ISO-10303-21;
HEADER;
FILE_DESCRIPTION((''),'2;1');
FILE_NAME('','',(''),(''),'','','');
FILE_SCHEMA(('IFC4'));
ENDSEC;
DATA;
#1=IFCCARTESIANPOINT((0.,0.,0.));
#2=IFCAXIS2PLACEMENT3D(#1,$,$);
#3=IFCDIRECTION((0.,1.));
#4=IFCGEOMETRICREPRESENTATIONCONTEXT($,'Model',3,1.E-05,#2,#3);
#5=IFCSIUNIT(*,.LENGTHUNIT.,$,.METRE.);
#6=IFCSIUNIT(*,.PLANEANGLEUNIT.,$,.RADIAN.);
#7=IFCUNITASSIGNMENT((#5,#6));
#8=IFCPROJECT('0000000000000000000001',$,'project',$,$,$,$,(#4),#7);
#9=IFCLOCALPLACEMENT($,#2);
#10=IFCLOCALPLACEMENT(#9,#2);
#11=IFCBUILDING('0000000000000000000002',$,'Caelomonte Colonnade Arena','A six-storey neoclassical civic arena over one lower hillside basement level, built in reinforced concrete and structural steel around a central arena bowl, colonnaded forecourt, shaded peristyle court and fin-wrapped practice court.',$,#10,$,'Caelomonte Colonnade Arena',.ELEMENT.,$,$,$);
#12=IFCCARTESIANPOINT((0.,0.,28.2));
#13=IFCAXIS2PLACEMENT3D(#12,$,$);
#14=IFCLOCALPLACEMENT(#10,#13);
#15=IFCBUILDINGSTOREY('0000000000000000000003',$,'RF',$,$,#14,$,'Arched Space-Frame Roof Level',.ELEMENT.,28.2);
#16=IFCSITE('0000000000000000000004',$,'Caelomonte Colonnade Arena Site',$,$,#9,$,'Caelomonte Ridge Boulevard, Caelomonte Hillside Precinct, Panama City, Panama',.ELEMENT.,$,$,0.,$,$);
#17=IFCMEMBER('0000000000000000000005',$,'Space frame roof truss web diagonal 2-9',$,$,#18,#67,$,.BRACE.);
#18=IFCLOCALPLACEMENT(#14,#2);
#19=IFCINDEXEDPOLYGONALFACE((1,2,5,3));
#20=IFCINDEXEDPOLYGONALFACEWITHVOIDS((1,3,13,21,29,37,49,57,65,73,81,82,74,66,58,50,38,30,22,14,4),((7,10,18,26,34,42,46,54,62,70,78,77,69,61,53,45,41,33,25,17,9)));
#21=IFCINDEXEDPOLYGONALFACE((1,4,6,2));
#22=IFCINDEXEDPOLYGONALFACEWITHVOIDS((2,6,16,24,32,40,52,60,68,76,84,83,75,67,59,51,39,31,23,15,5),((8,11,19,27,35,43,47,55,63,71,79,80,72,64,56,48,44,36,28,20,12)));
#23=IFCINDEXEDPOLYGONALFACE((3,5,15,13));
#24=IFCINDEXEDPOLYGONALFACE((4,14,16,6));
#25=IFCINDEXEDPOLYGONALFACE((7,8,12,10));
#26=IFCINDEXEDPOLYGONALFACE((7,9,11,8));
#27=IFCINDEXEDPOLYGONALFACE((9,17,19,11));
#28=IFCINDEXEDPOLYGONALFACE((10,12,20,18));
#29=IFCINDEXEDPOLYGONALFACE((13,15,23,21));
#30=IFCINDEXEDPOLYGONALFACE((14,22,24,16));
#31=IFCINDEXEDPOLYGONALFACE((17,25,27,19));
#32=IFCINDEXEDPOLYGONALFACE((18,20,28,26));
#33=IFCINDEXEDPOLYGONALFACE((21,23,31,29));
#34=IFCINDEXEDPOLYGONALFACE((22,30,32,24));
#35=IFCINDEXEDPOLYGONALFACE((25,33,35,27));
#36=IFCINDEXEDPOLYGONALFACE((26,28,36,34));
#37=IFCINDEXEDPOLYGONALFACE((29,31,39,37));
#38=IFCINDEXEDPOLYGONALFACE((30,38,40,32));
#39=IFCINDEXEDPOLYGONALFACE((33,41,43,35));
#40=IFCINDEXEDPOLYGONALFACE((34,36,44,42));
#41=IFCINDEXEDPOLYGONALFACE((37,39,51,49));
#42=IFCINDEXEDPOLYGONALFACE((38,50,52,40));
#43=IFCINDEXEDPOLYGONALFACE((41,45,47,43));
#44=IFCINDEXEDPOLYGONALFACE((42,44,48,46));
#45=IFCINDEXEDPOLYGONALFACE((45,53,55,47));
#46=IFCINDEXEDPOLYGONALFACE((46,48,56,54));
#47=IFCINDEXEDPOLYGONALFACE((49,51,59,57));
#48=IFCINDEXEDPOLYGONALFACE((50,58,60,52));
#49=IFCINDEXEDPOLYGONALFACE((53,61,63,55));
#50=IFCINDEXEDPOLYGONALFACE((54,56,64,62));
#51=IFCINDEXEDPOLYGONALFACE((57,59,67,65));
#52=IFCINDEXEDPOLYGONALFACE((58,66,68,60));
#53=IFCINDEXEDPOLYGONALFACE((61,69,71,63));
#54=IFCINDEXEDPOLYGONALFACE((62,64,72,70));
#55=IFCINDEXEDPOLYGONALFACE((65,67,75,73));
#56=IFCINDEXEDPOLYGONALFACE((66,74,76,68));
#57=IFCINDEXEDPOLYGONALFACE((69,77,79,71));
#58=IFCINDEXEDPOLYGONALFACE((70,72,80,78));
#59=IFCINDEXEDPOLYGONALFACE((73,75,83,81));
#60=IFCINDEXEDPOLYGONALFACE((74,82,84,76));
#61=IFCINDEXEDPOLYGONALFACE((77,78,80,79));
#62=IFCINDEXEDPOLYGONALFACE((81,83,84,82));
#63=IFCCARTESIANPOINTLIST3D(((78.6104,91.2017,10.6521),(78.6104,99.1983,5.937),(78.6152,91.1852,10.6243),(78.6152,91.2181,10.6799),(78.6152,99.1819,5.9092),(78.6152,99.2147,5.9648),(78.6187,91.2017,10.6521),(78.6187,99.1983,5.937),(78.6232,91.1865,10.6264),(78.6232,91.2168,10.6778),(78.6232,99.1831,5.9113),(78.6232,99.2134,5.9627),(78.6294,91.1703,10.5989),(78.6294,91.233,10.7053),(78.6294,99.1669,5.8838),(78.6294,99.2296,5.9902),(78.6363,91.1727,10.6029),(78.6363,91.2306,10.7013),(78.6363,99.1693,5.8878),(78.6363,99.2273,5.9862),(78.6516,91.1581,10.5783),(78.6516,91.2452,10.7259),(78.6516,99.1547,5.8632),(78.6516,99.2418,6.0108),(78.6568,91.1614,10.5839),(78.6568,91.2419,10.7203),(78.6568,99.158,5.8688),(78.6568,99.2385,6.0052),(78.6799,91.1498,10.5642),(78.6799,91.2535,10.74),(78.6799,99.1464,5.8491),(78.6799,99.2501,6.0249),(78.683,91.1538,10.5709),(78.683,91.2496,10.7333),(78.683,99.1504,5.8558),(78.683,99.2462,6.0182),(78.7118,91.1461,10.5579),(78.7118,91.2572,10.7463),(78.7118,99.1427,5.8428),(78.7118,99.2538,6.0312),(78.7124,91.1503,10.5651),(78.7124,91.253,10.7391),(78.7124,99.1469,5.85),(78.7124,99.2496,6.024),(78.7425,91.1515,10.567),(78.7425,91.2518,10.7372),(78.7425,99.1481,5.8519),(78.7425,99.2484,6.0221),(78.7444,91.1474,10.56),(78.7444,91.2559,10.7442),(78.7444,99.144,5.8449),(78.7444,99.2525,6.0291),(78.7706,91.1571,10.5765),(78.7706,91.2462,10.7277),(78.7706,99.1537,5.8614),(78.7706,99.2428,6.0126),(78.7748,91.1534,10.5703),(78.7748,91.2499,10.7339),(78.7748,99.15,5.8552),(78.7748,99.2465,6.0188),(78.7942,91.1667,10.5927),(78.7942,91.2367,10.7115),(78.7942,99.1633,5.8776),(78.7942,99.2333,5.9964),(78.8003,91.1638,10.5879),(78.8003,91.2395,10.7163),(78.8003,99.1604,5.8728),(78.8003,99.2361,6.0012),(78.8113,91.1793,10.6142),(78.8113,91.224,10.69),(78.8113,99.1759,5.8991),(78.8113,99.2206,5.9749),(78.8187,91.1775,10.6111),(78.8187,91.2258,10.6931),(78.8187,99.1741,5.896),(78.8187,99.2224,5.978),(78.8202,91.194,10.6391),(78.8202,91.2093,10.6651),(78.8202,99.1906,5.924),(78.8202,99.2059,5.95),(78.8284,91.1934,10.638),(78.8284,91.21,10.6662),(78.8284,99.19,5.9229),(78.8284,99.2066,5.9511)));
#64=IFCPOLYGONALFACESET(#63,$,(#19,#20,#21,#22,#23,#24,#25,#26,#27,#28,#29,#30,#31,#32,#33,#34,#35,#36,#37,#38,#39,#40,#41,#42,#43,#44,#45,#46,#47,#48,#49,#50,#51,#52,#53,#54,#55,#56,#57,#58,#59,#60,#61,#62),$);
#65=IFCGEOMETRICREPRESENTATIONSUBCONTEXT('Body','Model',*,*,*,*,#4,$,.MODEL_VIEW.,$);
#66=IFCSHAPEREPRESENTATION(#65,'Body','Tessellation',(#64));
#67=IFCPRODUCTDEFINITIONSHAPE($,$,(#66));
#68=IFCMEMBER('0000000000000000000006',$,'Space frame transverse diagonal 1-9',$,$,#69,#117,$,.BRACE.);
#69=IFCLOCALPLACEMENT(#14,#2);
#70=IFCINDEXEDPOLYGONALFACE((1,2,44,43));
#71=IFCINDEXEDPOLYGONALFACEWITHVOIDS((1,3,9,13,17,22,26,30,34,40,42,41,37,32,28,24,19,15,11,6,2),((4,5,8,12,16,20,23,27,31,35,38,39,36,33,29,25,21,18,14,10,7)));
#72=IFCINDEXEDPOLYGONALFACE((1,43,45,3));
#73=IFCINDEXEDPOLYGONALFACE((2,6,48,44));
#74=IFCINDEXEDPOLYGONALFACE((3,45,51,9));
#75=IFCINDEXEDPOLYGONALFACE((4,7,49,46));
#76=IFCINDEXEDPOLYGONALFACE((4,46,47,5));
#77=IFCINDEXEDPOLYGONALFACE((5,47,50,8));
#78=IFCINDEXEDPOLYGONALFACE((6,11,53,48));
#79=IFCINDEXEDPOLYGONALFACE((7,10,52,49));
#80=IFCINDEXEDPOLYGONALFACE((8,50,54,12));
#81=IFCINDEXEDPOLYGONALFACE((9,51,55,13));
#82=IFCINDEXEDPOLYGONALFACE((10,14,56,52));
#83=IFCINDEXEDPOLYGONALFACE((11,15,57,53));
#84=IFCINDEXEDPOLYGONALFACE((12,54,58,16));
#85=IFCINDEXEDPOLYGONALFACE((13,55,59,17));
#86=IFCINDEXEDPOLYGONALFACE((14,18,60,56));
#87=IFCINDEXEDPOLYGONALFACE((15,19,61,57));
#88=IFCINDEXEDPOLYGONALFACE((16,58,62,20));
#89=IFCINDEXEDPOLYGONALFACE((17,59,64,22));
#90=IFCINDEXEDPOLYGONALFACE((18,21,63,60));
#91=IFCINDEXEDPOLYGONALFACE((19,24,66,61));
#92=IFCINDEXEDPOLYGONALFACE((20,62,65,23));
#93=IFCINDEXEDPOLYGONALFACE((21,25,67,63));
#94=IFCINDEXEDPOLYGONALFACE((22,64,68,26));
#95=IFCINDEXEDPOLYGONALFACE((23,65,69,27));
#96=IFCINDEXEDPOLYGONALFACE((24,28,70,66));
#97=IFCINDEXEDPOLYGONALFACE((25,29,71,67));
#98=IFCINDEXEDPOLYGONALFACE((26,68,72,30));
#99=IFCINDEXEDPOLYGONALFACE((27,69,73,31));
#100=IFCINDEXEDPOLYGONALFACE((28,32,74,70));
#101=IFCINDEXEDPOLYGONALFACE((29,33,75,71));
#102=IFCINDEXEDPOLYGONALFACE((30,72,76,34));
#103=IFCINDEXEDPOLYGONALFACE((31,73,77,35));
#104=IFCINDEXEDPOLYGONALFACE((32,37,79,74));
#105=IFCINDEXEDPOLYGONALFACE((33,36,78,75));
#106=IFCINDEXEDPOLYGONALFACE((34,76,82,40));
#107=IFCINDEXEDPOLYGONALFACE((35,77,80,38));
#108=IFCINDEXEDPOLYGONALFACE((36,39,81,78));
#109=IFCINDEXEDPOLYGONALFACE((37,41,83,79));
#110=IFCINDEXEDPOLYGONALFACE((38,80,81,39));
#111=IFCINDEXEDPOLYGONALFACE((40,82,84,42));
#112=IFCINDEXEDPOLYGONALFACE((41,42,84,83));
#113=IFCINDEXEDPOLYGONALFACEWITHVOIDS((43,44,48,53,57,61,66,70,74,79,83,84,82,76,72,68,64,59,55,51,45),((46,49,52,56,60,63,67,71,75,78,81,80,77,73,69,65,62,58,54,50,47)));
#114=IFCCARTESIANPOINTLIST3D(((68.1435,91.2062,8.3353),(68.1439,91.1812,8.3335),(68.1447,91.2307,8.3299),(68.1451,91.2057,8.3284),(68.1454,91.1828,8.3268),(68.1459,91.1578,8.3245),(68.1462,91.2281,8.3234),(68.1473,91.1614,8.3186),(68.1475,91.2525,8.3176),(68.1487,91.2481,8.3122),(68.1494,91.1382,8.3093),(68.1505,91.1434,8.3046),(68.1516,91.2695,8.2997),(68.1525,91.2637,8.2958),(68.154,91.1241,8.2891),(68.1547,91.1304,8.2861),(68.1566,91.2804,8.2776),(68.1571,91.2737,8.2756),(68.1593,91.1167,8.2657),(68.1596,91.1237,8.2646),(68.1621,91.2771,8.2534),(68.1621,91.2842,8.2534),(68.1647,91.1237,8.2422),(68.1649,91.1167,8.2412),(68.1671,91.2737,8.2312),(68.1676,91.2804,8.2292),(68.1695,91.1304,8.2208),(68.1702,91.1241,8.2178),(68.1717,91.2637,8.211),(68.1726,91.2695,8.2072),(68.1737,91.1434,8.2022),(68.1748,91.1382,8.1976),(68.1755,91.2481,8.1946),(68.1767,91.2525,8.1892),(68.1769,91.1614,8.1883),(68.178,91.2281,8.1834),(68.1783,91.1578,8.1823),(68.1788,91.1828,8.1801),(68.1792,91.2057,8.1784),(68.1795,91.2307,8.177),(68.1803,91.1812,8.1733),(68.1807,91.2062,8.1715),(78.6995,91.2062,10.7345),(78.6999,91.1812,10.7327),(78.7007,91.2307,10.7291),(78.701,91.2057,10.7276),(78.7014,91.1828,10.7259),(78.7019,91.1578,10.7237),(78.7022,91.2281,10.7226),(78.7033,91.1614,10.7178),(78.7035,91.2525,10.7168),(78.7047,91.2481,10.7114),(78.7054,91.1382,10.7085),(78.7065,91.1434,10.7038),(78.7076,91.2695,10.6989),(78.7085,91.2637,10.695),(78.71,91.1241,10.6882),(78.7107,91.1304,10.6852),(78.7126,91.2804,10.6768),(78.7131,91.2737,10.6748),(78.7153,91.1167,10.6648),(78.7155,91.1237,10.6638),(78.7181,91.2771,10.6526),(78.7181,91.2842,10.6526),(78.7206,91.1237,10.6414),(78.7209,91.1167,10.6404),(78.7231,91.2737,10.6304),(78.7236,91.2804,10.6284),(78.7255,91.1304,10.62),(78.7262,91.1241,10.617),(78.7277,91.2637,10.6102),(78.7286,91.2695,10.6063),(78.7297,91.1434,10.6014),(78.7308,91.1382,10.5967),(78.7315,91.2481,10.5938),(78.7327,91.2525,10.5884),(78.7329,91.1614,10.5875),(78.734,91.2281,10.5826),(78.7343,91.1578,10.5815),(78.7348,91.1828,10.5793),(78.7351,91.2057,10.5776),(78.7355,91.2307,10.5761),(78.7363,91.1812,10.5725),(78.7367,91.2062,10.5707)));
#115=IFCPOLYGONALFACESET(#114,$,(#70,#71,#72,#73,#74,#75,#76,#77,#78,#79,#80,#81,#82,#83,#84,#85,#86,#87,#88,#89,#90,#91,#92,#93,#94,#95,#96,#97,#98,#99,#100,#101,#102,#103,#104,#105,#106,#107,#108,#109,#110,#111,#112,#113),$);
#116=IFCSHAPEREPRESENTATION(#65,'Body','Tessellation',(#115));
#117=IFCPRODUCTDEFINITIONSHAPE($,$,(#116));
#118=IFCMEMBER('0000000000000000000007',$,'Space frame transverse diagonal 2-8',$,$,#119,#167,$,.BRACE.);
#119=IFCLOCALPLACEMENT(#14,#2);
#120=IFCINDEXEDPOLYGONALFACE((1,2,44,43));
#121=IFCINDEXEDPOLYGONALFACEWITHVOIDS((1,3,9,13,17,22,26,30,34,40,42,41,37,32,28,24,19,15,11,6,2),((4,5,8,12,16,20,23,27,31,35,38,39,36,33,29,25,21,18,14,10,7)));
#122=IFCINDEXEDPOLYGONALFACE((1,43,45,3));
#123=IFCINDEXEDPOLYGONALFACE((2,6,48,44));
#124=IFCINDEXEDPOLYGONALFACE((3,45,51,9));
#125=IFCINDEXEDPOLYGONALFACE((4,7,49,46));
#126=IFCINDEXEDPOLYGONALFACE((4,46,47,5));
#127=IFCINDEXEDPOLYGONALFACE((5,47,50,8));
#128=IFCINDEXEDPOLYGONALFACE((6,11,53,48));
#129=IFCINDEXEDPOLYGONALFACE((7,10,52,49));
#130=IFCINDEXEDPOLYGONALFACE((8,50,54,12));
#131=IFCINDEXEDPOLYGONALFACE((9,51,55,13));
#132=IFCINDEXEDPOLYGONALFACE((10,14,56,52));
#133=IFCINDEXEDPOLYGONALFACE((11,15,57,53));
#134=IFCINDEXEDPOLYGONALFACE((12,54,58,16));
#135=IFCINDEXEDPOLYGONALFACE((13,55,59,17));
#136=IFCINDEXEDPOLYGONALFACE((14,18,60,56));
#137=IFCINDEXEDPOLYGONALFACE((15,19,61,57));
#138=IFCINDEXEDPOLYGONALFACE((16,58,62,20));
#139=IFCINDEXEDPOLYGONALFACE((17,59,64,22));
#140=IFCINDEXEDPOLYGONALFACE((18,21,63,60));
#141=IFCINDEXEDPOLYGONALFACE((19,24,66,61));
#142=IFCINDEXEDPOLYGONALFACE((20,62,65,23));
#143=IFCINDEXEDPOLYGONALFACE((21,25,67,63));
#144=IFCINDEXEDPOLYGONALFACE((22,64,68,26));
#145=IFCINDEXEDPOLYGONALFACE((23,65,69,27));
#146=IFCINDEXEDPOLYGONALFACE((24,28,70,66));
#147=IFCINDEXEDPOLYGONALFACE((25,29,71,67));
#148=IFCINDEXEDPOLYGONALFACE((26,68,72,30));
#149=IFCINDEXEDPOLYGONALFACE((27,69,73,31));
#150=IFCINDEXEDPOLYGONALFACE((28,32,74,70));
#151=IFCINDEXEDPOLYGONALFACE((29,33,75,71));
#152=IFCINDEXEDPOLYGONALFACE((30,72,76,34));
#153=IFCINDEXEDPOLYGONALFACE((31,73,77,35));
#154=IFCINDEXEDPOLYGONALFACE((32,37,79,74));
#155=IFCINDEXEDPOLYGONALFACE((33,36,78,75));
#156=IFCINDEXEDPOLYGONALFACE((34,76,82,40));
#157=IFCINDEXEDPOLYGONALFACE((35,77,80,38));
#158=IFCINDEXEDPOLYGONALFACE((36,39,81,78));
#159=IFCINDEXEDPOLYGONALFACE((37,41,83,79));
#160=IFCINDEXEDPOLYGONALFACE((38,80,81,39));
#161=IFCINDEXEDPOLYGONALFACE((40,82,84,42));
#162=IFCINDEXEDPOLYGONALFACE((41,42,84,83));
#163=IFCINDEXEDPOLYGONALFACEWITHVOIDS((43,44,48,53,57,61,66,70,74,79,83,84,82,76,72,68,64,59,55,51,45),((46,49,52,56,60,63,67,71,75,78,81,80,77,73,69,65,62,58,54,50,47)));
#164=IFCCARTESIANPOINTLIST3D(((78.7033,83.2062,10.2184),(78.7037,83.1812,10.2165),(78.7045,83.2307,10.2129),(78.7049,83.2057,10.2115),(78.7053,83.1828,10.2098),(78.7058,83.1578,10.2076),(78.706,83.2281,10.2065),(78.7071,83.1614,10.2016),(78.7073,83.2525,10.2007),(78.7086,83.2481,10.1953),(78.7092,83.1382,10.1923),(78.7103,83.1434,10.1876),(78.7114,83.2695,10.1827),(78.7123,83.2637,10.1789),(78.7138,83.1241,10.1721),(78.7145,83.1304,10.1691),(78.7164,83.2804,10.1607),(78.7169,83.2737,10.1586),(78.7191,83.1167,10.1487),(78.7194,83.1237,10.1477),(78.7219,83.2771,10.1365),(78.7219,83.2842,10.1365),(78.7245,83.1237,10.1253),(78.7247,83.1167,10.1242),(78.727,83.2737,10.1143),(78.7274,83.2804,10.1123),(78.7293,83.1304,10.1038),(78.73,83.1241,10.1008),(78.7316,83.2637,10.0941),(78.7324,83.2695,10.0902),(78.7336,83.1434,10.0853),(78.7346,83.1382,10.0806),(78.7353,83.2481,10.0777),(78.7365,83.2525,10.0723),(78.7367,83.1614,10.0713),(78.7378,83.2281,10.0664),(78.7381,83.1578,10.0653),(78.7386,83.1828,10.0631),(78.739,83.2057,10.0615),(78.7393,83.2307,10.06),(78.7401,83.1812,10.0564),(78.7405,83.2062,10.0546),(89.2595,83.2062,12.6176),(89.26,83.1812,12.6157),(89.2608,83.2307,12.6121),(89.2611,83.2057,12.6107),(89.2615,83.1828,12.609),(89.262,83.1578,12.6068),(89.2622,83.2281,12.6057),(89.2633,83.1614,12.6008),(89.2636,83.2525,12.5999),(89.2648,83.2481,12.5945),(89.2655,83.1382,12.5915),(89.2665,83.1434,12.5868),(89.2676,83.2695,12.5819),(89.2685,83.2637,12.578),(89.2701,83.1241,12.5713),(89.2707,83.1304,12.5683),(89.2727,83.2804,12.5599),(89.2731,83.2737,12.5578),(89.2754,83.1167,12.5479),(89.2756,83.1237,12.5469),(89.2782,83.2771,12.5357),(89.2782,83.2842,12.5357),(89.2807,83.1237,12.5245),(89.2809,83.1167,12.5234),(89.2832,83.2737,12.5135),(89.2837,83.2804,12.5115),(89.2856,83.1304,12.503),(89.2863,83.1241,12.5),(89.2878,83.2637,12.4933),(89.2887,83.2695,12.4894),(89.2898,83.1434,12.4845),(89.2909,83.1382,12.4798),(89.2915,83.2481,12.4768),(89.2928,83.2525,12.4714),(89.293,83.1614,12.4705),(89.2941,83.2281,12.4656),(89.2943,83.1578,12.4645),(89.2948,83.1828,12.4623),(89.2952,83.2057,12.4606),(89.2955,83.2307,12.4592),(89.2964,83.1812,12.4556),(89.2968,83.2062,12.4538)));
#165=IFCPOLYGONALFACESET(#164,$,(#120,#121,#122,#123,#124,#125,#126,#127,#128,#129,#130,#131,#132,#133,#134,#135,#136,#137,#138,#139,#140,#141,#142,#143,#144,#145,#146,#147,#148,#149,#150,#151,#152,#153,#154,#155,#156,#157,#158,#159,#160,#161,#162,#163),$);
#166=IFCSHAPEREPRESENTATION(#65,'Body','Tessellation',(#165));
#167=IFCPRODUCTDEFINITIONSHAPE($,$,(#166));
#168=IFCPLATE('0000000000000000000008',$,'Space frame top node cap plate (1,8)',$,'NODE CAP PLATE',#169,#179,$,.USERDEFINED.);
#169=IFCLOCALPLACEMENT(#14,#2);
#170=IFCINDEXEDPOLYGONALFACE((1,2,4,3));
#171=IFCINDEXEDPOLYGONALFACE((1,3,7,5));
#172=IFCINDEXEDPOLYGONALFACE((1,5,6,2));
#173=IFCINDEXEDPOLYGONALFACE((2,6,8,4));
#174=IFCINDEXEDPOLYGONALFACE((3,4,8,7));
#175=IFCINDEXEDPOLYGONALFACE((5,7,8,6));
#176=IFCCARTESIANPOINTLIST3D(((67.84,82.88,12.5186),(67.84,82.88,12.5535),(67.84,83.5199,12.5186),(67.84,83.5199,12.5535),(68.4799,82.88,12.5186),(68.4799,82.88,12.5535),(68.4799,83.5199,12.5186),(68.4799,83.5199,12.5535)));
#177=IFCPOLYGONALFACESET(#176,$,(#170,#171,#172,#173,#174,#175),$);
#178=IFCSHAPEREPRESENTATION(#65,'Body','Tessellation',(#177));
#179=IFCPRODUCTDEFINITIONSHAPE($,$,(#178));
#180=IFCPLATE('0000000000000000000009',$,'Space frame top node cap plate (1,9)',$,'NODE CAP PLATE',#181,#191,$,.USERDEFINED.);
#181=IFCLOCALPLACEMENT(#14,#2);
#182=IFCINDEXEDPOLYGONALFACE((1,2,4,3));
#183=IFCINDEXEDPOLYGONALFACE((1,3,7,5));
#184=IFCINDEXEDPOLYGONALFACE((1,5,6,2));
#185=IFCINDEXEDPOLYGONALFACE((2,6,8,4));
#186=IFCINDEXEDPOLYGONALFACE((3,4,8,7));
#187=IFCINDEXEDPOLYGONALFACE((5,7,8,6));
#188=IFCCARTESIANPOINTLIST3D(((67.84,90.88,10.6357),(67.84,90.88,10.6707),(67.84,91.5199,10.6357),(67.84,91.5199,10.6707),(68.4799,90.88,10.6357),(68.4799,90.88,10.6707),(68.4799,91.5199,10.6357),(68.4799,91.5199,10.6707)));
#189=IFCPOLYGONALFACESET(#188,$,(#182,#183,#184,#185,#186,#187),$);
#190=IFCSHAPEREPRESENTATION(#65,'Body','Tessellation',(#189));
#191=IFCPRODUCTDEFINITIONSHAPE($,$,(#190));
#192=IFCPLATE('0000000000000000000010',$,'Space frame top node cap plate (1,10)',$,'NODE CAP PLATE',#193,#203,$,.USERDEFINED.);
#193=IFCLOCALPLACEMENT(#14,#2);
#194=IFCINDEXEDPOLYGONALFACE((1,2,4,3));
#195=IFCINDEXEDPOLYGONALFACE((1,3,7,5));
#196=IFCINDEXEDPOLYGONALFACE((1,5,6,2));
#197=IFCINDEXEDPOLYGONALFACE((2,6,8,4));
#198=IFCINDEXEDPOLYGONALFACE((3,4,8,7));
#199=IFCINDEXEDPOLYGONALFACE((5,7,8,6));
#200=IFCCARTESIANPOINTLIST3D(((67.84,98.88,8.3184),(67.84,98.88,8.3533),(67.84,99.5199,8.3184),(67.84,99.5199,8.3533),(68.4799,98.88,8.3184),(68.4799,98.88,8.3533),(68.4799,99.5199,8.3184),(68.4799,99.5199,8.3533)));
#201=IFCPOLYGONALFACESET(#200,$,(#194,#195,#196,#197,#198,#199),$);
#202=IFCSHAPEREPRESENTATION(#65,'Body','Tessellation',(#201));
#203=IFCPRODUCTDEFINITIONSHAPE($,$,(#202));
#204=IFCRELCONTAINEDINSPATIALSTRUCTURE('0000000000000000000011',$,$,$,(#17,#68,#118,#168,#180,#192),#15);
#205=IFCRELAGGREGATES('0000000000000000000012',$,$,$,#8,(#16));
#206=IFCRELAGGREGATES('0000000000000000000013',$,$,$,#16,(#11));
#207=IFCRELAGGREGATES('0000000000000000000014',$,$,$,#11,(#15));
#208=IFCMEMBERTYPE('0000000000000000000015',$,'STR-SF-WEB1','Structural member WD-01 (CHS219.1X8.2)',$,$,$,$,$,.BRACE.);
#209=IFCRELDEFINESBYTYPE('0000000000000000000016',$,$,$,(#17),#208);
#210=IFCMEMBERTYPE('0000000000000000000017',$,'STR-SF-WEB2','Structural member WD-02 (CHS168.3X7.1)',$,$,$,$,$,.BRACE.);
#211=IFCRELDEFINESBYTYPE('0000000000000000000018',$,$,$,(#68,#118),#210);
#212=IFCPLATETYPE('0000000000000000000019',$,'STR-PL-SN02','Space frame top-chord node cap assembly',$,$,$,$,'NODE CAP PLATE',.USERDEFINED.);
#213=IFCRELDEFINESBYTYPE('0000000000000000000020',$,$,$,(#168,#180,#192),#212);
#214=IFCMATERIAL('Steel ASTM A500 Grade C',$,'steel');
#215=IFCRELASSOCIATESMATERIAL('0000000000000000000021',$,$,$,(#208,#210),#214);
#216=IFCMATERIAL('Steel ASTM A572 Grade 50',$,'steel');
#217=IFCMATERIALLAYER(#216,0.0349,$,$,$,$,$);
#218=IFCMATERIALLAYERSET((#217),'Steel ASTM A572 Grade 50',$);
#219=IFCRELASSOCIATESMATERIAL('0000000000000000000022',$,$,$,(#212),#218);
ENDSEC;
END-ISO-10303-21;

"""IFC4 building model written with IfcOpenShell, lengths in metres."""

from ifc_helpers import new_model, si_unit, direction, frame, origin, origin_2d, place, context, subcontext, project, spatial, rectangle, hollow_circle, extrude, material, layer, layer_set, material_profile, profile_set, type_object, element, save


model = new_model("IFC4")

# Units and contexts
model_context = context("Model", 3, precision=1e-05, world=origin(), true_north=direction((0.0, 1.0)))
body_context = subcontext(model_context, "Body", "Model", "MODEL_VIEW")
ifc_project = project(units=[si_unit("LENGTHUNIT", "METRE"), si_unit("PLANEANGLEUNIT", "RADIAN")], contexts=[model_context])

# Site, building, storey
site_placement = place(None, origin())
site = spatial("IfcSite", under=ifc_project, at=site_placement, Name="Caelomonte Colonnade Arena Site", LongName="Caelomonte Ridge Boulevard, Caelomonte Hillside Precinct, Panama City, Panama", CompositionType="ELEMENT", RefElevation=0.0)
building_placement = place(site_placement, origin())
building = spatial("IfcBuilding", under=site, at=building_placement, Name="Caelomonte Colonnade Arena", Description="A six-storey neoclassical civic arena over one lower hillside basement level, built in reinforced concrete and structural steel around a central arena bowl, colonnaded forecourt, shaded peristyle court and fin-wrapped practice court.", LongName="Caelomonte Colonnade Arena", CompositionType="ELEMENT")
storey_placement = place(building_placement, frame((0.0, 0.0, 28.2)))
storey = spatial("IfcBuildingStorey", under=building, at=storey_placement, Name="RF", LongName="Arched Space-Frame Roof Level", CompositionType="ELEMENT", Elevation=28.2)

# Members
ifc_material_1 = material(Name="Steel ASTM A500 Grade C", Category="steel")
ifc_material_profile_1 = material_profile(ifc_material_1, hollow_circle(Radius=0.1096, WallThickness=0.0083, at=origin_2d()), Name="CHS219.1X8.2")
ifc_profile_set_1 = profile_set([ifc_material_profile_1], Name="Steel ASTM A500 Grade C")
member_type_1 = type_object("IfcMemberType", Name="STR-SF-WEB1", Description="Structural member WD-01 (CHS219.1X8.2)", PredefinedType="BRACE", material=ifc_profile_set_1)
member_1_placement = place(storey_placement, frame((78.72, 91.2017, 10.6521), z_axis=(0.0, 0.861406, -0.507917), x_axis=(-1.0, 0.0, 0.0)))
element("IfcMember", 1, at=member_1_placement, inside=storey, type_object=member_type_1, Name="Space frame roof truss web diagonal 2-9", PredefinedType="BRACE", context=body_context, shape_type="SweptSolid", body=[
    extrude(hollow_circle(Radius=0.1096, WallThickness=0.0083, at=origin_2d()), origin(), (0.0, 0.0, 1.0), 9.2832),
])
ifc_material_profile_2 = material_profile(ifc_material_1, hollow_circle(Radius=0.0842, WallThickness=0.0071, at=origin_2d()), Name="CHS168.3X7.1")
ifc_profile_set_2 = profile_set([ifc_material_profile_2], Name="Steel ASTM A500 Grade C")
member_type_2 = type_object("IfcMemberType", Name="STR-SF-WEB2", Description="Structural member WD-02 (CHS168.3X7.1)", PredefinedType="BRACE", material=ifc_profile_set_2)
member_2_placement = place(storey_placement, frame((68.1621, 91.2, 8.2534), z_axis=(0.975131, 0.0, 0.22163), x_axis=(0.0, 1.0, 0.0)))
element("IfcMember", 2, at=member_2_placement, inside=storey, type_object=member_type_2, Name="Space frame transverse diagonal 1-9", PredefinedType="BRACE", context=body_context, shape_type="SweptSolid", body=[
    extrude(hollow_circle(Radius=0.0842, WallThickness=0.0071, at=origin_2d()), origin(), (0.0, 0.0, 1.0), 10.8252),
])
member_3_placement = place(storey_placement, frame((78.7219, 83.2, 10.1365), z_axis=(0.975132, 0.0, 0.221625), x_axis=(0.0, 1.0, 0.0)))
element("IfcMember", 3, at=member_3_placement, inside=storey, type_object=member_type_2, Name="Space frame transverse diagonal 2-8", PredefinedType="BRACE", context=body_context, shape_type="SweptSolid", body=[
    extrude(hollow_circle(Radius=0.0842, WallThickness=0.0071, at=origin_2d()), origin(), (0.0, 0.0, 1.0), 10.8254),
])

# Plates
ifc_material_2 = material(Name="Steel ASTM A572 Grade 50", Category="steel")
ifc_layer_1 = layer(ifc_material_2, 0.0349)
ifc_layer_set_1 = layer_set([ifc_layer_1], Name="Steel ASTM A572 Grade 50")
plate_type_1 = type_object("IfcPlateType", Name="STR-PL-SN02", Description="Space frame top-chord node cap assembly", ElementType="NODE CAP PLATE", PredefinedType="USERDEFINED", material=ifc_layer_set_1)
for number, where, z_axis, x_axis, name in (
    (4, (68.1599, 83.2, 12.5186), (0.0, 0.0, 1.0), (1.0, 0.0, 0.0), "Space frame top node cap plate (1,8)"),
    (5, (68.1599, 91.2, 10.6357), (0.0, 0.0, 1.0), (1.0, 0.0, 0.0), "Space frame top node cap plate (1,9)"),
    (6, (68.1599, 99.2, 8.3184), (0.0, 0.0, 1.0), (1.0, 0.0, 0.0), "Space frame top node cap plate (1,10)"),
):
    element("IfcPlate", number, at=place(storey_placement, frame(where, z_axis=z_axis, x_axis=x_axis)), inside=storey, type_object=plate_type_1, Name=name, ObjectType="NODE CAP PLATE", PredefinedType="USERDEFINED", context=body_context, shape_type="SweptSolid", body=[
        extrude(rectangle(XDim=0.6399, YDim=0.6399, at=origin_2d()), origin(), (0.0, 0.0, 1.0), 0.0349),
    ])

save(model, "model.ifc")
